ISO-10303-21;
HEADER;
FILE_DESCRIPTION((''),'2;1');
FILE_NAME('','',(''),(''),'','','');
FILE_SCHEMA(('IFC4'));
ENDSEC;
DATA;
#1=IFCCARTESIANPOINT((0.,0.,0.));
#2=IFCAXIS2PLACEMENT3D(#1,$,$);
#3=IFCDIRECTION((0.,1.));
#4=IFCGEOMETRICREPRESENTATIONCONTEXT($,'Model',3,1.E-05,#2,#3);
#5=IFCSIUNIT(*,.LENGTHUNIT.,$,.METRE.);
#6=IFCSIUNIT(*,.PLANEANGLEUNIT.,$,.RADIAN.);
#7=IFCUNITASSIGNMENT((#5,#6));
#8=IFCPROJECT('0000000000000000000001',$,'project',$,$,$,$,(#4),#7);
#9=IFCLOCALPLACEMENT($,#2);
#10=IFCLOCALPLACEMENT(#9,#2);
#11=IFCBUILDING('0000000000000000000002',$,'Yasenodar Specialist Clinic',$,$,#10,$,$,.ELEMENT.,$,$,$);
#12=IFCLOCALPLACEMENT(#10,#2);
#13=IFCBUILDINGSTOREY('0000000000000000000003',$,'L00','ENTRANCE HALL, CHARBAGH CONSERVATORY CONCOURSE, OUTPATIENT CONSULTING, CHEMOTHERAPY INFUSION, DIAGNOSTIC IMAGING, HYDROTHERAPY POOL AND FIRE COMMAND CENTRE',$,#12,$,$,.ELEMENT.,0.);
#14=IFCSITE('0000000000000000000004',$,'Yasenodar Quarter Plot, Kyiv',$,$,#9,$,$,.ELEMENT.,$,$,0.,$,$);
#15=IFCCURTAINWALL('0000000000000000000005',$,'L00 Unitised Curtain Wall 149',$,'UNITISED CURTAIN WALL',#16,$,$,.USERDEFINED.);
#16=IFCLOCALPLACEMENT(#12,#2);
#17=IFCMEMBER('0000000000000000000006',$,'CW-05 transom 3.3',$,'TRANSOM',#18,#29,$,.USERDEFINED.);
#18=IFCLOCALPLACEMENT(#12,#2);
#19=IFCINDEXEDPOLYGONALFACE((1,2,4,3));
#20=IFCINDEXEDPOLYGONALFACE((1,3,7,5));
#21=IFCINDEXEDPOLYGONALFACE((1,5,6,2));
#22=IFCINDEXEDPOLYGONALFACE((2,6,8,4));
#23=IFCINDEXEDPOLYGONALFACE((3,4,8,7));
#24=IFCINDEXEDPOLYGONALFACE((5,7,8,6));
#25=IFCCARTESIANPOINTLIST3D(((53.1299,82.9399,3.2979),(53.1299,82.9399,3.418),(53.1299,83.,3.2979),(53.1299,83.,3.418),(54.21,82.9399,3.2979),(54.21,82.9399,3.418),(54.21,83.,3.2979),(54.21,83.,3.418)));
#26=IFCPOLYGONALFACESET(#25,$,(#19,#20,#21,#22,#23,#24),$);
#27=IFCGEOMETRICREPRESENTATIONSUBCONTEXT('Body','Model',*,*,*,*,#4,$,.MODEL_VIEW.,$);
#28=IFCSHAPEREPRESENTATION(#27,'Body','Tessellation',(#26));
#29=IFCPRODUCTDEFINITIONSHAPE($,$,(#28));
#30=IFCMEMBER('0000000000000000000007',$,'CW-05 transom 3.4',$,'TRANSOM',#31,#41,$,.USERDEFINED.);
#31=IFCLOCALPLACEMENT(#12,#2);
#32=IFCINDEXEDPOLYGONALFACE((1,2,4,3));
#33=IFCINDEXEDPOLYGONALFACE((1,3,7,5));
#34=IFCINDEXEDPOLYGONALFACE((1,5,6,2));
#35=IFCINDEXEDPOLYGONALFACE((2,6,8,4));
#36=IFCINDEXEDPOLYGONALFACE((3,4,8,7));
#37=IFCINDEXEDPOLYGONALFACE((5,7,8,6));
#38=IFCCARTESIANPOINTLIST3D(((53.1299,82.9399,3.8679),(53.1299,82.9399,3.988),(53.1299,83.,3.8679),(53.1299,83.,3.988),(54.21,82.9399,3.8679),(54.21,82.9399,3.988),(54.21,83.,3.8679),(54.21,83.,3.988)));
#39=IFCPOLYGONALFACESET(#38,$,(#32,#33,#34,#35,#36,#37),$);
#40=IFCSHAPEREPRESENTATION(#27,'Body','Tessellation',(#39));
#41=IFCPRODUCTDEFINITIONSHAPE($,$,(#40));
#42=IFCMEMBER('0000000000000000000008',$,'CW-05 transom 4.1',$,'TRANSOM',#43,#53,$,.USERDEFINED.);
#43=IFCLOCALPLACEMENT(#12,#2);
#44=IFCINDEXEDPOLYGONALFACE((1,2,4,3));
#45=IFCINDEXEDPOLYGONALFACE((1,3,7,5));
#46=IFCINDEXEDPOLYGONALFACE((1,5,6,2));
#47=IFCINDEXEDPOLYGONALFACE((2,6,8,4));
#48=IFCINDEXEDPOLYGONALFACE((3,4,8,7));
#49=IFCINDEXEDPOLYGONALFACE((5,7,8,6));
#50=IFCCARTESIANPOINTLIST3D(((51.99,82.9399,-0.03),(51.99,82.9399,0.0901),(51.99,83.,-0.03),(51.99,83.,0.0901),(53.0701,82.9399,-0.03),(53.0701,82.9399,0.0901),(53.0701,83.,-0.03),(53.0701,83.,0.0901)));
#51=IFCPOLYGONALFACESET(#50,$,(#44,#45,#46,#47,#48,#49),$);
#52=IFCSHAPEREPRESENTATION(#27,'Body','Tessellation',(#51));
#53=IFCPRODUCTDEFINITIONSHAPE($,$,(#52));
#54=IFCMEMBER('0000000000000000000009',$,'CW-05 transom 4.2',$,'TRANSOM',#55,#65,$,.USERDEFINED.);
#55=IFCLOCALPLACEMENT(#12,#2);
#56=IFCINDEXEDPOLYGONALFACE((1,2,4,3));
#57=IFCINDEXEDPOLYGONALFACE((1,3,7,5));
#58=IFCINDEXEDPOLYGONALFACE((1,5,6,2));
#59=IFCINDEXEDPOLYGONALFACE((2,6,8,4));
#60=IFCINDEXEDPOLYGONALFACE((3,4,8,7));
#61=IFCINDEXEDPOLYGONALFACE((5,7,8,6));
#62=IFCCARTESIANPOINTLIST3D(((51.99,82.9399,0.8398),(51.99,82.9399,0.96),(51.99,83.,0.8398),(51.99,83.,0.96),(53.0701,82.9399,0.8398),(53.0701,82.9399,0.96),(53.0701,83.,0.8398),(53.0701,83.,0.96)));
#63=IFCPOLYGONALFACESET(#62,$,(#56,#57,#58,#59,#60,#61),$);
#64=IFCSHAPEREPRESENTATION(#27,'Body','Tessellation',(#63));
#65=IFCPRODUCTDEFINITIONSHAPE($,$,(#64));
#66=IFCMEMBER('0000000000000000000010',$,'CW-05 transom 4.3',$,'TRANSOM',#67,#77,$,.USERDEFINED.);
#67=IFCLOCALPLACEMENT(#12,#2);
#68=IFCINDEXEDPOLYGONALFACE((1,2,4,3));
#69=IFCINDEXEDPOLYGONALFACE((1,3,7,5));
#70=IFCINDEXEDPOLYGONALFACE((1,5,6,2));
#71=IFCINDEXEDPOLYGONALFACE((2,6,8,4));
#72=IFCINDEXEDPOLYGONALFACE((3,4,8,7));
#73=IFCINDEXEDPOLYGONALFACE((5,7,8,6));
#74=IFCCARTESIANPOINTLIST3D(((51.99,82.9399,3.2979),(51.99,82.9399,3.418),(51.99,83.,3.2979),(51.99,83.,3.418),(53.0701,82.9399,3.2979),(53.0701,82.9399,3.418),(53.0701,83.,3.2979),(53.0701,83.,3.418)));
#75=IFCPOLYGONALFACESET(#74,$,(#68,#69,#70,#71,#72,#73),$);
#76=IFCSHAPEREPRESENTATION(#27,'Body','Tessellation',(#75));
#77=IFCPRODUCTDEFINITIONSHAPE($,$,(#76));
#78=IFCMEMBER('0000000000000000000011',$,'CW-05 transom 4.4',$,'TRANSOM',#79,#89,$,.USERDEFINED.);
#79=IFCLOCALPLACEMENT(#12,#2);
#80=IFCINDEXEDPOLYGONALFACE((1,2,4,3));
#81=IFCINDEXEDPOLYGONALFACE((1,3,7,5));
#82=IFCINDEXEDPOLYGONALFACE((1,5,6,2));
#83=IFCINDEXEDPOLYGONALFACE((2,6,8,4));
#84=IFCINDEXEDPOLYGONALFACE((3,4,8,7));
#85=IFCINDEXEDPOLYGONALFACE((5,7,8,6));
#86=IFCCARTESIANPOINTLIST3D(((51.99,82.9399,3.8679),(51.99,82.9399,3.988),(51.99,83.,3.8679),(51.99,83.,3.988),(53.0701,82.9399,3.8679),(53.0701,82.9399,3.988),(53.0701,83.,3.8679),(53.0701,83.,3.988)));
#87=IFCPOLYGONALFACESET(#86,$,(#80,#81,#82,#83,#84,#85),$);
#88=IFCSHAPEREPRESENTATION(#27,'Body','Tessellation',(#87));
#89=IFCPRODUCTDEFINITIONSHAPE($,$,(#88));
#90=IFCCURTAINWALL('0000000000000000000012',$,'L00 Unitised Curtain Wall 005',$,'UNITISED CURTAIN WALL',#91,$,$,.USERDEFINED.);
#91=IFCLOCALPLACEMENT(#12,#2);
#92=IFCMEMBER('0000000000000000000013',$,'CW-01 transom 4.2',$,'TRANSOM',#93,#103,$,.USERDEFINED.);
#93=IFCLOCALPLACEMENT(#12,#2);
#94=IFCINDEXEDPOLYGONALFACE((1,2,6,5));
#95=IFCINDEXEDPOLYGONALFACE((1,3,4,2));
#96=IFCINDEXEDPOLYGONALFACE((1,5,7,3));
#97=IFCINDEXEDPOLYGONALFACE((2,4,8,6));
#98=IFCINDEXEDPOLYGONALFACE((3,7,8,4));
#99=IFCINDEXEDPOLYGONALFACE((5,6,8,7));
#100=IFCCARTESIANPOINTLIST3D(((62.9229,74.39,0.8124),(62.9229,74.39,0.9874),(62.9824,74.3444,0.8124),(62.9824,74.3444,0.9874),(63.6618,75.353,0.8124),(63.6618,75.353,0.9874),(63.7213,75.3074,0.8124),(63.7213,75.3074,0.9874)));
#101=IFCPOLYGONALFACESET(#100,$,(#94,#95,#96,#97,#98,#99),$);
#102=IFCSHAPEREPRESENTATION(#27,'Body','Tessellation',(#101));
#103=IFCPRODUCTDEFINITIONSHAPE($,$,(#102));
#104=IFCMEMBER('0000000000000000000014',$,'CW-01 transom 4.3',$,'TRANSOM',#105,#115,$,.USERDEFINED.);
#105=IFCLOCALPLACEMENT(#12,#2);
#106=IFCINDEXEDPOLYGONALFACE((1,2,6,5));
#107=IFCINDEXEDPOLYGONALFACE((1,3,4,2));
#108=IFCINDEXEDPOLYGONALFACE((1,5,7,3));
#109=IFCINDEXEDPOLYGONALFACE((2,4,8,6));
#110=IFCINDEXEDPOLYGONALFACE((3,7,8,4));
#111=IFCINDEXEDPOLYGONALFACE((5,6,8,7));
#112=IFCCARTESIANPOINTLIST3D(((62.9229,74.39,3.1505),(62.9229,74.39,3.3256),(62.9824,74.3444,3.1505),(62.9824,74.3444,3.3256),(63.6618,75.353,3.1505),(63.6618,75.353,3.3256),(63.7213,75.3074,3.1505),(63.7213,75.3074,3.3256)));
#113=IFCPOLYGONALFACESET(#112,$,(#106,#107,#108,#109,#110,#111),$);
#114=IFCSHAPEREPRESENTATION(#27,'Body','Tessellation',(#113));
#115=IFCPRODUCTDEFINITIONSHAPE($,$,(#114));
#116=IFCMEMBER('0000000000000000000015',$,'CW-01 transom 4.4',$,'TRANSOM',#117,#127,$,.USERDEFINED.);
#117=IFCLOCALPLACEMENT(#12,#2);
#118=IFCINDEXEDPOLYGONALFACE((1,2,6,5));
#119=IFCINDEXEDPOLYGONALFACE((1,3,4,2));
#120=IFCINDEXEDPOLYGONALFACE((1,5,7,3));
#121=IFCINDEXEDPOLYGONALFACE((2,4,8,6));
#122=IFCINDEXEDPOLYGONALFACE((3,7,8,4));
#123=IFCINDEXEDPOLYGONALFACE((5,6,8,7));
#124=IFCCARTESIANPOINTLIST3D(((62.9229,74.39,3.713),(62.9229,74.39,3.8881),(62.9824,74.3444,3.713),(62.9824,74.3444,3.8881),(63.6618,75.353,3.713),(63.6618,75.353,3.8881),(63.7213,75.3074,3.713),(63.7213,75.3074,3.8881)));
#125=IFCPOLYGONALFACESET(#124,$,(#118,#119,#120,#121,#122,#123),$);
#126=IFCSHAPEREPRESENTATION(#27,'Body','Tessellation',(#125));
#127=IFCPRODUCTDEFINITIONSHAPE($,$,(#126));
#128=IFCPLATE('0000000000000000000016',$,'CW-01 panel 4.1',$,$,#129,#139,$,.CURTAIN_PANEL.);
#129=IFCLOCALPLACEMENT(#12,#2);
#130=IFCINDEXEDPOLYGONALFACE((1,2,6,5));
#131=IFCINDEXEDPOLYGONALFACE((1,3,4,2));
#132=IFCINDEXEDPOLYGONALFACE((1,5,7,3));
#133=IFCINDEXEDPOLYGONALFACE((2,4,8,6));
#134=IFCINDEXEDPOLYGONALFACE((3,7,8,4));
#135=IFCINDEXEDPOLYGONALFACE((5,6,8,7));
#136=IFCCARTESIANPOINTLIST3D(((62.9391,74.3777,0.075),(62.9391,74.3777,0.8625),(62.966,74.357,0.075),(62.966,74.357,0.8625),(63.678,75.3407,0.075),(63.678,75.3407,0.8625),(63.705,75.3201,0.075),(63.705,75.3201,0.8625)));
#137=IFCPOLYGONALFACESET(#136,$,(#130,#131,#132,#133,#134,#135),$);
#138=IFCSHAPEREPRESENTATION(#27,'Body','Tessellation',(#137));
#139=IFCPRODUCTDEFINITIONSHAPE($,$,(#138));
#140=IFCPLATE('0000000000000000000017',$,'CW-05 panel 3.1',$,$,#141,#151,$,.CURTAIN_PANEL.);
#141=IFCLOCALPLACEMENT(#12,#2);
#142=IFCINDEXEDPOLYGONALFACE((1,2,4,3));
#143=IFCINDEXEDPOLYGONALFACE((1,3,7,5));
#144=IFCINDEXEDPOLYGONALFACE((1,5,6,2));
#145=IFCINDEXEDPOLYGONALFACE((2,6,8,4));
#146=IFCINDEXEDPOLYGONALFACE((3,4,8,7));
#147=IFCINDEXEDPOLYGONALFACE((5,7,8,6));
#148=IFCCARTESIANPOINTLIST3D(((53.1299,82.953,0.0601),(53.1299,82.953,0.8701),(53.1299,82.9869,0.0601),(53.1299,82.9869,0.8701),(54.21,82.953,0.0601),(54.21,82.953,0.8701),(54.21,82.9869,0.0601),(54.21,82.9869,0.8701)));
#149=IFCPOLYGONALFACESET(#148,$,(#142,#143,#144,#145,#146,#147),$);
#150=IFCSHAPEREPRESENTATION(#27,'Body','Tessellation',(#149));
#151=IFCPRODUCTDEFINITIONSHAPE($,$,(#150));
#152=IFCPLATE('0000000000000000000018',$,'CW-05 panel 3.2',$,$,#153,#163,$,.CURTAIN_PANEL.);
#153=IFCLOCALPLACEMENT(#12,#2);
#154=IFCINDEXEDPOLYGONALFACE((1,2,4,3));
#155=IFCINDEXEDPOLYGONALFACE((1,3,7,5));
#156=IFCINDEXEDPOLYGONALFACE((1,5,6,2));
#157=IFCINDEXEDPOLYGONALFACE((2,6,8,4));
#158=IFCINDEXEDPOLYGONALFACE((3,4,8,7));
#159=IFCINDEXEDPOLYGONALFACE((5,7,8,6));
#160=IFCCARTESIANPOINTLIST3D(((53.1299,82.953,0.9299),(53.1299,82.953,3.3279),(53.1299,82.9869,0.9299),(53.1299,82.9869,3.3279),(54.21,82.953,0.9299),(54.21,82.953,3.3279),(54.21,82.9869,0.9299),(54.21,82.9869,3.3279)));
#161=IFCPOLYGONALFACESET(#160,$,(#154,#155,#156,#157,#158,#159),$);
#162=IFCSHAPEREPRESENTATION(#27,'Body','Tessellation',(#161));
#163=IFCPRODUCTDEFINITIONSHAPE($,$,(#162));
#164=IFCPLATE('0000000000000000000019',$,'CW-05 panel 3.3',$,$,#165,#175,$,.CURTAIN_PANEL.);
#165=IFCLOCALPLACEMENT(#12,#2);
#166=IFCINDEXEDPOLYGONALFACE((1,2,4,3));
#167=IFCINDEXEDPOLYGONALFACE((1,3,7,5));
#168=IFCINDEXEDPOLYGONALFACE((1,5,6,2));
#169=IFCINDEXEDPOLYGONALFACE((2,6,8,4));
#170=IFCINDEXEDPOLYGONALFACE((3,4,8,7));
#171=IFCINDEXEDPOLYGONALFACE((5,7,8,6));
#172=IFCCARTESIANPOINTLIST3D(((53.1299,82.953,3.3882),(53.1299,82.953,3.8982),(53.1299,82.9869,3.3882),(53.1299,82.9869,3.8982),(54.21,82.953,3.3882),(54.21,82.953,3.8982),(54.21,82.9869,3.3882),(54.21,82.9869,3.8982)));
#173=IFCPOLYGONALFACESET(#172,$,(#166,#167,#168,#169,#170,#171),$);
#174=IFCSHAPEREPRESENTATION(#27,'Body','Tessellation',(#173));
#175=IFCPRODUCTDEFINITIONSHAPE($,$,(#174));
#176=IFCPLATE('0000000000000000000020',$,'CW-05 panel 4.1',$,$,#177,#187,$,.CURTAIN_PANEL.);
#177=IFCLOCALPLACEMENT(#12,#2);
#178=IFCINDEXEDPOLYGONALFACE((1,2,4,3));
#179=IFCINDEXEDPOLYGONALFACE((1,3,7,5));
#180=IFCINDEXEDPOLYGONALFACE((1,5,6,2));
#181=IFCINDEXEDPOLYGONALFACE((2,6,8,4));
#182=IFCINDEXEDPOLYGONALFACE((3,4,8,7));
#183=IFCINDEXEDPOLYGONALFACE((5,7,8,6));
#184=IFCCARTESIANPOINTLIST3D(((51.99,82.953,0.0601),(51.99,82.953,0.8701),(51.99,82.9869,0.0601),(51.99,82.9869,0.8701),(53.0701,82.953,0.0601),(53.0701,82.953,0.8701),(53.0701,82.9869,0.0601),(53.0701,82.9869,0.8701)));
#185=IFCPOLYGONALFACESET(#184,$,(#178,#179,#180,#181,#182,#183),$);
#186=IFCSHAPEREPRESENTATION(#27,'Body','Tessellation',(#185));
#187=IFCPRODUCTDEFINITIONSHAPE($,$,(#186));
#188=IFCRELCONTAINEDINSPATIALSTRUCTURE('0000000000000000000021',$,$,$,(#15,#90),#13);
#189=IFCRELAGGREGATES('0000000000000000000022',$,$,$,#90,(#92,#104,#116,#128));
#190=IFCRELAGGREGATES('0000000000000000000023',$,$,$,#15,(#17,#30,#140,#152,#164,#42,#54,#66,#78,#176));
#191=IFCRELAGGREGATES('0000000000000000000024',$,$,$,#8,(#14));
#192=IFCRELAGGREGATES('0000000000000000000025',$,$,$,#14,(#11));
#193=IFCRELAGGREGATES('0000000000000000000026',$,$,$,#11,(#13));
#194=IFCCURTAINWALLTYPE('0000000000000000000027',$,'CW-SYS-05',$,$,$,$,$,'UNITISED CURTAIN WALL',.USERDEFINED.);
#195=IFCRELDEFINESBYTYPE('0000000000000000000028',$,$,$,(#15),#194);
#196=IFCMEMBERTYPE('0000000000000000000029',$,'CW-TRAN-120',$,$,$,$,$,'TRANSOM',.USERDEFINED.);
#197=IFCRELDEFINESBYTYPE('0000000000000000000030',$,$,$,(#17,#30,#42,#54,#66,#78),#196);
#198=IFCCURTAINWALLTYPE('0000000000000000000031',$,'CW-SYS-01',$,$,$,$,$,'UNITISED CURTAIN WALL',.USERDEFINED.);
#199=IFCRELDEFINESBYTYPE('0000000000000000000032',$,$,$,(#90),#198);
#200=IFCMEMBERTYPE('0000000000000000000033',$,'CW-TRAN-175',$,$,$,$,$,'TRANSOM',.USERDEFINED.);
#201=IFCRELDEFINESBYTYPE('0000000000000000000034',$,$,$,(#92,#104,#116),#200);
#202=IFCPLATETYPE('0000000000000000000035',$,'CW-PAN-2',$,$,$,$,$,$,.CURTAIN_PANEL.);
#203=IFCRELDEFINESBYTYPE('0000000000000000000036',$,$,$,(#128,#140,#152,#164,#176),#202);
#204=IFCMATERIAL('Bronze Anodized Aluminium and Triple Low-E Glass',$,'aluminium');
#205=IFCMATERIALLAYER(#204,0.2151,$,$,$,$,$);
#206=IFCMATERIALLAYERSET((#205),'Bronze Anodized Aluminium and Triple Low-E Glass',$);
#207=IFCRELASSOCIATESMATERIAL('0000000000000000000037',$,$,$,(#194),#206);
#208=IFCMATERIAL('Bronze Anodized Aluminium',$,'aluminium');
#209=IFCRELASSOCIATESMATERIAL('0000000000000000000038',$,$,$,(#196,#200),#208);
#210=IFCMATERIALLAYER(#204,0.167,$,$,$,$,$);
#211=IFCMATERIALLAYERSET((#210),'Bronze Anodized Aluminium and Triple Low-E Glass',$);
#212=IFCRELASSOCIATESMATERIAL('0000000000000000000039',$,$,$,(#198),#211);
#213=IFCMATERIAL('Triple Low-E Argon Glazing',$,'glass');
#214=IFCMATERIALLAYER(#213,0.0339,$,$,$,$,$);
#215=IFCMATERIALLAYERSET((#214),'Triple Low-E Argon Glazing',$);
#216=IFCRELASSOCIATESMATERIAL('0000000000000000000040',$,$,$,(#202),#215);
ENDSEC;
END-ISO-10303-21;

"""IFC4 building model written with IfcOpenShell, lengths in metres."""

from ifc_helpers import new_model, si_unit, direction, frame, origin, origin_2d, place, context, subcontext, project, spatial, rectangle, extrude, material, layer, layer_set, material_profile, profile_set, type_object, element, aggregate, save


model = new_model("IFC4")

# Units and contexts
model_context = context("Model", 3, precision=1e-05, world=origin(), true_north=direction((0.0, 1.0)))
body_context = subcontext(model_context, "Body", "Model", "MODEL_VIEW")
ifc_project = project(units=[si_unit("LENGTHUNIT", "METRE"), si_unit("PLANEANGLEUNIT", "RADIAN")], contexts=[model_context])

# Site, building, storey
site_placement = place(None, origin())
site = spatial("IfcSite", under=ifc_project, at=site_placement, Name="Yasenodar Quarter Plot, Kyiv", CompositionType="ELEMENT", RefElevation=0.0)
building_placement = place(site_placement, origin())
building = spatial("IfcBuilding", under=site, at=building_placement, Name="Yasenodar Specialist Clinic", CompositionType="ELEMENT")
storey_placement = place(building_placement, origin())
storey = spatial("IfcBuildingStorey", under=building, at=storey_placement, Name="L00", Description="ENTRANCE HALL, CHARBAGH CONSERVATORY CONCOURSE, OUTPATIENT CONSULTING, CHEMOTHERAPY INFUSION, DIAGNOSTIC IMAGING, HYDROTHERAPY POOL AND FIRE COMMAND CENTRE", CompositionType="ELEMENT", Elevation=0.0)

# Curtain wall, members
ifc_material_1 = material(Name="Bronze Anodized Aluminium and Triple Low-E Glass", Category="aluminium")
ifc_layer_1 = layer(ifc_material_1, 0.2151)
ifc_layer_set_1 = layer_set([ifc_layer_1], Name="Bronze Anodized Aluminium and Triple Low-E Glass")
curtain_wall_type_1 = type_object("IfcCurtainWallType", Name="CW-SYS-05", ElementType="UNITISED CURTAIN WALL", PredefinedType="USERDEFINED", material=ifc_layer_set_1)
curtain_wall_1_placement = place(storey_placement, origin())
curtain_wall_1 = element("IfcCurtainWall", 1, at=curtain_wall_1_placement, inside=storey, type_object=curtain_wall_type_1, Name="L00 Unitised Curtain Wall 149", ObjectType="UNITISED CURTAIN WALL", PredefinedType="USERDEFINED")
ifc_material_2 = material(Name="Bronze Anodized Aluminium", Category="aluminium")
ifc_material_profile_1 = material_profile(ifc_material_2, rectangle(XDim=0.0601, YDim=0.1201, at=origin_2d()), Name="CW-TRAN 60x120")
ifc_profile_set_1 = profile_set([ifc_material_profile_1], Name="Bronze Anodized Aluminium")
member_type_1 = type_object("IfcMemberType", Name="CW-TRAN-120", ElementType="TRANSOM", PredefinedType="USERDEFINED", material=ifc_profile_set_1)
member_1_placement = place(storey_placement, frame((54.21, 82.97, 3.3579), z_axis=(-1.0, 0.0, 0.0), x_axis=(0.0, -1.0, 0.0)))
member_1 = element("IfcMember", 2, at=member_1_placement, type_object=member_type_1, Name="CW-05 transom 3.3", ObjectType="TRANSOM", PredefinedType="USERDEFINED", context=body_context, shape_type="SweptSolid", body=[
    extrude(rectangle(XDim=0.0601, YDim=0.1201, at=origin_2d()), origin(), (0.0, 0.0, 1.0), 1.0801),
])
member_2_placement = place(storey_placement, frame((54.21, 82.97, 3.928), z_axis=(-1.0, 0.0, 0.0), x_axis=(0.0, -1.0, 0.0)))
member_2 = element("IfcMember", 3, at=member_2_placement, type_object=member_type_1, Name="CW-05 transom 3.4", ObjectType="TRANSOM", PredefinedType="USERDEFINED", context=body_context, shape_type="SweptSolid", body=[
    extrude(rectangle(XDim=0.0601, YDim=0.1201, at=origin_2d()), origin(), (0.0, 0.0, 1.0), 1.0801),
])
member_3_placement = place(storey_placement, frame((53.0701, 82.97, 0.03), z_axis=(-1.0, 0.0, 0.0), x_axis=(0.0, -1.0, 0.0)))
member_3 = element("IfcMember", 4, at=member_3_placement, type_object=member_type_1, Name="CW-05 transom 4.1", ObjectType="TRANSOM", PredefinedType="USERDEFINED", context=body_context, shape_type="SweptSolid", body=[
    extrude(rectangle(XDim=0.0601, YDim=0.1201, at=origin_2d()), origin(), (0.0, 0.0, 1.0), 1.0801),
])
member_4_placement = place(storey_placement, frame((53.0701, 82.97, 0.8999), z_axis=(-1.0, 0.0, 0.0), x_axis=(0.0, -1.0, 0.0)))
member_4 = element("IfcMember", 5, at=member_4_placement, type_object=member_type_1, Name="CW-05 transom 4.2", ObjectType="TRANSOM", PredefinedType="USERDEFINED", context=body_context, shape_type="SweptSolid", body=[
    extrude(rectangle(XDim=0.0601, YDim=0.1201, at=origin_2d()), origin(), (0.0, 0.0, 1.0), 1.0801),
])
member_5_placement = place(storey_placement, frame((53.0701, 82.97, 3.3579), z_axis=(-1.0, 0.0, 0.0), x_axis=(0.0, -1.0, 0.0)))
member_5 = element("IfcMember", 6, at=member_5_placement, type_object=member_type_1, Name="CW-05 transom 4.3", ObjectType="TRANSOM", PredefinedType="USERDEFINED", context=body_context, shape_type="SweptSolid", body=[
    extrude(rectangle(XDim=0.0601, YDim=0.1201, at=origin_2d()), origin(), (0.0, 0.0, 1.0), 1.0801),
])
member_6_placement = place(storey_placement, frame((53.0701, 82.97, 3.928), z_axis=(-1.0, 0.0, 0.0), x_axis=(0.0, -1.0, 0.0)))
member_6 = element("IfcMember", 7, at=member_6_placement, type_object=member_type_1, Name="CW-05 transom 4.4", ObjectType="TRANSOM", PredefinedType="USERDEFINED", context=body_context, shape_type="SweptSolid", body=[
    extrude(rectangle(XDim=0.0601, YDim=0.1201, at=origin_2d()), origin(), (0.0, 0.0, 1.0), 1.0801),
])

# Curtain wall, members, plate
ifc_layer_2 = layer(ifc_material_1, 0.167)
ifc_layer_set_2 = layer_set([ifc_layer_2], Name="Bronze Anodized Aluminium and Triple Low-E Glass")
curtain_wall_type_2 = type_object("IfcCurtainWallType", Name="CW-SYS-01", ElementType="UNITISED CURTAIN WALL", PredefinedType="USERDEFINED", material=ifc_layer_set_2)
curtain_wall_2_placement = place(storey_placement, origin())
curtain_wall_2 = element("IfcCurtainWall", 8, at=curtain_wall_2_placement, inside=storey, type_object=curtain_wall_type_2, Name="L00 Unitised Curtain Wall 005", ObjectType="UNITISED CURTAIN WALL", PredefinedType="USERDEFINED")
ifc_material_profile_2 = material_profile(ifc_material_2, rectangle(XDim=0.075, YDim=0.175, at=origin_2d()), Name="CW-TRAN 75x175")
ifc_profile_set_2 = profile_set([ifc_material_profile_2], Name="Bronze Anodized Aluminium")
member_type_2 = type_object("IfcMemberType", Name="CW-TRAN-175", ElementType="TRANSOM", PredefinedType="USERDEFINED", material=ifc_profile_set_2)
member_7_placement = place(storey_placement, frame((62.9526, 74.3672, 0.8999), z_axis=(0.608748, 0.793364, 0.0), x_axis=(-0.793364, 0.608748, 0.0)))
member_7 = element("IfcMember", 9, at=member_7_placement, type_object=member_type_2, Name="CW-01 transom 4.2", ObjectType="TRANSOM", PredefinedType="USERDEFINED", context=body_context, shape_type="SweptSolid", body=[
    extrude(rectangle(XDim=0.075, YDim=0.175, at=origin_2d()), origin(), (0.0, 0.0, 1.0), 1.2139),
])
member_8_placement = place(storey_placement, frame((62.9526, 74.3672, 3.238), z_axis=(0.608748, 0.793364, 0.0), x_axis=(-0.793364, 0.608748, 0.0)))
member_8 = element("IfcMember", 10, at=member_8_placement, type_object=member_type_2, Name="CW-01 transom 4.3", ObjectType="TRANSOM", PredefinedType="USERDEFINED", context=body_context, shape_type="SweptSolid", body=[
    extrude(rectangle(XDim=0.075, YDim=0.175, at=origin_2d()), origin(), (0.0, 0.0, 1.0), 1.2139),
])
member_9_placement = place(storey_placement, frame((62.9526, 74.3672, 3.8005), z_axis=(0.608748, 0.793364, 0.0), x_axis=(-0.793364, 0.608748, 0.0)))
member_9 = element("IfcMember", 11, at=member_9_placement, type_object=member_type_2, Name="CW-01 transom 4.4", ObjectType="TRANSOM", PredefinedType="USERDEFINED", context=body_context, shape_type="SweptSolid", body=[
    extrude(rectangle(XDim=0.075, YDim=0.175, at=origin_2d()), origin(), (0.0, 0.0, 1.0), 1.2139),
])
ifc_material_3 = material(Name="Triple Low-E Argon Glazing", Category="glass")
ifc_layer_3 = layer(ifc_material_3, 0.0339)
ifc_layer_set_3 = layer_set([ifc_layer_3], Name="Triple Low-E Argon Glazing")
plate_type = type_object("IfcPlateType", Name="CW-PAN-2", PredefinedType="CURTAIN_PANEL", material=ifc_layer_set_3)
plate_1_placement = place(storey_placement, frame((63.322, 74.8489, 0.075), z_axis=(0.0, 0.0, 1.0), x_axis=(0.608752, 0.793361, 0.0)))
plate_1 = element("IfcPlate", 12, at=plate_1_placement, type_object=plate_type, Name="CW-01 panel 4.1", PredefinedType="CURTAIN_PANEL", context=body_context, shape_type="SweptSolid", body=[
    extrude(rectangle(XDim=1.2139, YDim=0.0339, at=origin_2d()), origin(), (0.0, 0.0, 1.0), 0.7876),
])
aggregate(curtain_wall_2, [member_7, member_8, member_9, plate_1])

# Plates
plate_2_placement = place(storey_placement, frame((53.6699, 82.97, 0.0601), z_axis=(0.0, 0.0, 1.0), x_axis=(-1.0, 0.0, 0.0)))
plate_2 = element("IfcPlate", 13, at=plate_2_placement, type_object=plate_type, Name="CW-05 panel 3.1", PredefinedType="CURTAIN_PANEL", context=body_context, shape_type="SweptSolid", body=[
    extrude(rectangle(XDim=1.0801, YDim=0.0339, at=origin_2d()), origin(), (0.0, 0.0, 1.0), 0.8101),
])
plate_3_placement = place(storey_placement, frame((53.6699, 82.97, 0.9299), z_axis=(0.0, 0.0, 1.0), x_axis=(-1.0, 0.0, 0.0)))
plate_3 = element("IfcPlate", 14, at=plate_3_placement, type_object=plate_type, Name="CW-05 panel 3.2", PredefinedType="CURTAIN_PANEL", context=body_context, shape_type="SweptSolid", body=[
    extrude(rectangle(XDim=1.0801, YDim=0.0339, at=origin_2d()), origin(), (0.0, 0.0, 1.0), 2.3979),
])
plate_4_placement = place(storey_placement, frame((53.6699, 82.97, 3.3882), z_axis=(0.0, 0.0, 1.0), x_axis=(-1.0, 0.0, 0.0)))
plate_4 = element("IfcPlate", 15, at=plate_4_placement, type_object=plate_type, Name="CW-05 panel 3.3", PredefinedType="CURTAIN_PANEL", context=body_context, shape_type="SweptSolid", body=[
    extrude(rectangle(XDim=1.0801, YDim=0.0339, at=origin_2d()), origin(), (0.0, 0.0, 1.0), 0.51),
])
plate_5_placement = place(storey_placement, frame((52.53, 82.97, 0.0601), z_axis=(0.0, 0.0, 1.0), x_axis=(-1.0, 0.0, 0.0)))
plate_5 = element("IfcPlate", 16, at=plate_5_placement, type_object=plate_type, Name="CW-05 panel 4.1", PredefinedType="CURTAIN_PANEL", context=body_context, shape_type="SweptSolid", body=[
    extrude(rectangle(XDim=1.0801, YDim=0.0339, at=origin_2d()), origin(), (0.0, 0.0, 1.0), 0.8101),
])
aggregate(curtain_wall_1, [member_1, member_2, plate_2, plate_3, plate_4, member_3, member_4, member_5, member_6, plate_5])

save(model, "model.ifc")
